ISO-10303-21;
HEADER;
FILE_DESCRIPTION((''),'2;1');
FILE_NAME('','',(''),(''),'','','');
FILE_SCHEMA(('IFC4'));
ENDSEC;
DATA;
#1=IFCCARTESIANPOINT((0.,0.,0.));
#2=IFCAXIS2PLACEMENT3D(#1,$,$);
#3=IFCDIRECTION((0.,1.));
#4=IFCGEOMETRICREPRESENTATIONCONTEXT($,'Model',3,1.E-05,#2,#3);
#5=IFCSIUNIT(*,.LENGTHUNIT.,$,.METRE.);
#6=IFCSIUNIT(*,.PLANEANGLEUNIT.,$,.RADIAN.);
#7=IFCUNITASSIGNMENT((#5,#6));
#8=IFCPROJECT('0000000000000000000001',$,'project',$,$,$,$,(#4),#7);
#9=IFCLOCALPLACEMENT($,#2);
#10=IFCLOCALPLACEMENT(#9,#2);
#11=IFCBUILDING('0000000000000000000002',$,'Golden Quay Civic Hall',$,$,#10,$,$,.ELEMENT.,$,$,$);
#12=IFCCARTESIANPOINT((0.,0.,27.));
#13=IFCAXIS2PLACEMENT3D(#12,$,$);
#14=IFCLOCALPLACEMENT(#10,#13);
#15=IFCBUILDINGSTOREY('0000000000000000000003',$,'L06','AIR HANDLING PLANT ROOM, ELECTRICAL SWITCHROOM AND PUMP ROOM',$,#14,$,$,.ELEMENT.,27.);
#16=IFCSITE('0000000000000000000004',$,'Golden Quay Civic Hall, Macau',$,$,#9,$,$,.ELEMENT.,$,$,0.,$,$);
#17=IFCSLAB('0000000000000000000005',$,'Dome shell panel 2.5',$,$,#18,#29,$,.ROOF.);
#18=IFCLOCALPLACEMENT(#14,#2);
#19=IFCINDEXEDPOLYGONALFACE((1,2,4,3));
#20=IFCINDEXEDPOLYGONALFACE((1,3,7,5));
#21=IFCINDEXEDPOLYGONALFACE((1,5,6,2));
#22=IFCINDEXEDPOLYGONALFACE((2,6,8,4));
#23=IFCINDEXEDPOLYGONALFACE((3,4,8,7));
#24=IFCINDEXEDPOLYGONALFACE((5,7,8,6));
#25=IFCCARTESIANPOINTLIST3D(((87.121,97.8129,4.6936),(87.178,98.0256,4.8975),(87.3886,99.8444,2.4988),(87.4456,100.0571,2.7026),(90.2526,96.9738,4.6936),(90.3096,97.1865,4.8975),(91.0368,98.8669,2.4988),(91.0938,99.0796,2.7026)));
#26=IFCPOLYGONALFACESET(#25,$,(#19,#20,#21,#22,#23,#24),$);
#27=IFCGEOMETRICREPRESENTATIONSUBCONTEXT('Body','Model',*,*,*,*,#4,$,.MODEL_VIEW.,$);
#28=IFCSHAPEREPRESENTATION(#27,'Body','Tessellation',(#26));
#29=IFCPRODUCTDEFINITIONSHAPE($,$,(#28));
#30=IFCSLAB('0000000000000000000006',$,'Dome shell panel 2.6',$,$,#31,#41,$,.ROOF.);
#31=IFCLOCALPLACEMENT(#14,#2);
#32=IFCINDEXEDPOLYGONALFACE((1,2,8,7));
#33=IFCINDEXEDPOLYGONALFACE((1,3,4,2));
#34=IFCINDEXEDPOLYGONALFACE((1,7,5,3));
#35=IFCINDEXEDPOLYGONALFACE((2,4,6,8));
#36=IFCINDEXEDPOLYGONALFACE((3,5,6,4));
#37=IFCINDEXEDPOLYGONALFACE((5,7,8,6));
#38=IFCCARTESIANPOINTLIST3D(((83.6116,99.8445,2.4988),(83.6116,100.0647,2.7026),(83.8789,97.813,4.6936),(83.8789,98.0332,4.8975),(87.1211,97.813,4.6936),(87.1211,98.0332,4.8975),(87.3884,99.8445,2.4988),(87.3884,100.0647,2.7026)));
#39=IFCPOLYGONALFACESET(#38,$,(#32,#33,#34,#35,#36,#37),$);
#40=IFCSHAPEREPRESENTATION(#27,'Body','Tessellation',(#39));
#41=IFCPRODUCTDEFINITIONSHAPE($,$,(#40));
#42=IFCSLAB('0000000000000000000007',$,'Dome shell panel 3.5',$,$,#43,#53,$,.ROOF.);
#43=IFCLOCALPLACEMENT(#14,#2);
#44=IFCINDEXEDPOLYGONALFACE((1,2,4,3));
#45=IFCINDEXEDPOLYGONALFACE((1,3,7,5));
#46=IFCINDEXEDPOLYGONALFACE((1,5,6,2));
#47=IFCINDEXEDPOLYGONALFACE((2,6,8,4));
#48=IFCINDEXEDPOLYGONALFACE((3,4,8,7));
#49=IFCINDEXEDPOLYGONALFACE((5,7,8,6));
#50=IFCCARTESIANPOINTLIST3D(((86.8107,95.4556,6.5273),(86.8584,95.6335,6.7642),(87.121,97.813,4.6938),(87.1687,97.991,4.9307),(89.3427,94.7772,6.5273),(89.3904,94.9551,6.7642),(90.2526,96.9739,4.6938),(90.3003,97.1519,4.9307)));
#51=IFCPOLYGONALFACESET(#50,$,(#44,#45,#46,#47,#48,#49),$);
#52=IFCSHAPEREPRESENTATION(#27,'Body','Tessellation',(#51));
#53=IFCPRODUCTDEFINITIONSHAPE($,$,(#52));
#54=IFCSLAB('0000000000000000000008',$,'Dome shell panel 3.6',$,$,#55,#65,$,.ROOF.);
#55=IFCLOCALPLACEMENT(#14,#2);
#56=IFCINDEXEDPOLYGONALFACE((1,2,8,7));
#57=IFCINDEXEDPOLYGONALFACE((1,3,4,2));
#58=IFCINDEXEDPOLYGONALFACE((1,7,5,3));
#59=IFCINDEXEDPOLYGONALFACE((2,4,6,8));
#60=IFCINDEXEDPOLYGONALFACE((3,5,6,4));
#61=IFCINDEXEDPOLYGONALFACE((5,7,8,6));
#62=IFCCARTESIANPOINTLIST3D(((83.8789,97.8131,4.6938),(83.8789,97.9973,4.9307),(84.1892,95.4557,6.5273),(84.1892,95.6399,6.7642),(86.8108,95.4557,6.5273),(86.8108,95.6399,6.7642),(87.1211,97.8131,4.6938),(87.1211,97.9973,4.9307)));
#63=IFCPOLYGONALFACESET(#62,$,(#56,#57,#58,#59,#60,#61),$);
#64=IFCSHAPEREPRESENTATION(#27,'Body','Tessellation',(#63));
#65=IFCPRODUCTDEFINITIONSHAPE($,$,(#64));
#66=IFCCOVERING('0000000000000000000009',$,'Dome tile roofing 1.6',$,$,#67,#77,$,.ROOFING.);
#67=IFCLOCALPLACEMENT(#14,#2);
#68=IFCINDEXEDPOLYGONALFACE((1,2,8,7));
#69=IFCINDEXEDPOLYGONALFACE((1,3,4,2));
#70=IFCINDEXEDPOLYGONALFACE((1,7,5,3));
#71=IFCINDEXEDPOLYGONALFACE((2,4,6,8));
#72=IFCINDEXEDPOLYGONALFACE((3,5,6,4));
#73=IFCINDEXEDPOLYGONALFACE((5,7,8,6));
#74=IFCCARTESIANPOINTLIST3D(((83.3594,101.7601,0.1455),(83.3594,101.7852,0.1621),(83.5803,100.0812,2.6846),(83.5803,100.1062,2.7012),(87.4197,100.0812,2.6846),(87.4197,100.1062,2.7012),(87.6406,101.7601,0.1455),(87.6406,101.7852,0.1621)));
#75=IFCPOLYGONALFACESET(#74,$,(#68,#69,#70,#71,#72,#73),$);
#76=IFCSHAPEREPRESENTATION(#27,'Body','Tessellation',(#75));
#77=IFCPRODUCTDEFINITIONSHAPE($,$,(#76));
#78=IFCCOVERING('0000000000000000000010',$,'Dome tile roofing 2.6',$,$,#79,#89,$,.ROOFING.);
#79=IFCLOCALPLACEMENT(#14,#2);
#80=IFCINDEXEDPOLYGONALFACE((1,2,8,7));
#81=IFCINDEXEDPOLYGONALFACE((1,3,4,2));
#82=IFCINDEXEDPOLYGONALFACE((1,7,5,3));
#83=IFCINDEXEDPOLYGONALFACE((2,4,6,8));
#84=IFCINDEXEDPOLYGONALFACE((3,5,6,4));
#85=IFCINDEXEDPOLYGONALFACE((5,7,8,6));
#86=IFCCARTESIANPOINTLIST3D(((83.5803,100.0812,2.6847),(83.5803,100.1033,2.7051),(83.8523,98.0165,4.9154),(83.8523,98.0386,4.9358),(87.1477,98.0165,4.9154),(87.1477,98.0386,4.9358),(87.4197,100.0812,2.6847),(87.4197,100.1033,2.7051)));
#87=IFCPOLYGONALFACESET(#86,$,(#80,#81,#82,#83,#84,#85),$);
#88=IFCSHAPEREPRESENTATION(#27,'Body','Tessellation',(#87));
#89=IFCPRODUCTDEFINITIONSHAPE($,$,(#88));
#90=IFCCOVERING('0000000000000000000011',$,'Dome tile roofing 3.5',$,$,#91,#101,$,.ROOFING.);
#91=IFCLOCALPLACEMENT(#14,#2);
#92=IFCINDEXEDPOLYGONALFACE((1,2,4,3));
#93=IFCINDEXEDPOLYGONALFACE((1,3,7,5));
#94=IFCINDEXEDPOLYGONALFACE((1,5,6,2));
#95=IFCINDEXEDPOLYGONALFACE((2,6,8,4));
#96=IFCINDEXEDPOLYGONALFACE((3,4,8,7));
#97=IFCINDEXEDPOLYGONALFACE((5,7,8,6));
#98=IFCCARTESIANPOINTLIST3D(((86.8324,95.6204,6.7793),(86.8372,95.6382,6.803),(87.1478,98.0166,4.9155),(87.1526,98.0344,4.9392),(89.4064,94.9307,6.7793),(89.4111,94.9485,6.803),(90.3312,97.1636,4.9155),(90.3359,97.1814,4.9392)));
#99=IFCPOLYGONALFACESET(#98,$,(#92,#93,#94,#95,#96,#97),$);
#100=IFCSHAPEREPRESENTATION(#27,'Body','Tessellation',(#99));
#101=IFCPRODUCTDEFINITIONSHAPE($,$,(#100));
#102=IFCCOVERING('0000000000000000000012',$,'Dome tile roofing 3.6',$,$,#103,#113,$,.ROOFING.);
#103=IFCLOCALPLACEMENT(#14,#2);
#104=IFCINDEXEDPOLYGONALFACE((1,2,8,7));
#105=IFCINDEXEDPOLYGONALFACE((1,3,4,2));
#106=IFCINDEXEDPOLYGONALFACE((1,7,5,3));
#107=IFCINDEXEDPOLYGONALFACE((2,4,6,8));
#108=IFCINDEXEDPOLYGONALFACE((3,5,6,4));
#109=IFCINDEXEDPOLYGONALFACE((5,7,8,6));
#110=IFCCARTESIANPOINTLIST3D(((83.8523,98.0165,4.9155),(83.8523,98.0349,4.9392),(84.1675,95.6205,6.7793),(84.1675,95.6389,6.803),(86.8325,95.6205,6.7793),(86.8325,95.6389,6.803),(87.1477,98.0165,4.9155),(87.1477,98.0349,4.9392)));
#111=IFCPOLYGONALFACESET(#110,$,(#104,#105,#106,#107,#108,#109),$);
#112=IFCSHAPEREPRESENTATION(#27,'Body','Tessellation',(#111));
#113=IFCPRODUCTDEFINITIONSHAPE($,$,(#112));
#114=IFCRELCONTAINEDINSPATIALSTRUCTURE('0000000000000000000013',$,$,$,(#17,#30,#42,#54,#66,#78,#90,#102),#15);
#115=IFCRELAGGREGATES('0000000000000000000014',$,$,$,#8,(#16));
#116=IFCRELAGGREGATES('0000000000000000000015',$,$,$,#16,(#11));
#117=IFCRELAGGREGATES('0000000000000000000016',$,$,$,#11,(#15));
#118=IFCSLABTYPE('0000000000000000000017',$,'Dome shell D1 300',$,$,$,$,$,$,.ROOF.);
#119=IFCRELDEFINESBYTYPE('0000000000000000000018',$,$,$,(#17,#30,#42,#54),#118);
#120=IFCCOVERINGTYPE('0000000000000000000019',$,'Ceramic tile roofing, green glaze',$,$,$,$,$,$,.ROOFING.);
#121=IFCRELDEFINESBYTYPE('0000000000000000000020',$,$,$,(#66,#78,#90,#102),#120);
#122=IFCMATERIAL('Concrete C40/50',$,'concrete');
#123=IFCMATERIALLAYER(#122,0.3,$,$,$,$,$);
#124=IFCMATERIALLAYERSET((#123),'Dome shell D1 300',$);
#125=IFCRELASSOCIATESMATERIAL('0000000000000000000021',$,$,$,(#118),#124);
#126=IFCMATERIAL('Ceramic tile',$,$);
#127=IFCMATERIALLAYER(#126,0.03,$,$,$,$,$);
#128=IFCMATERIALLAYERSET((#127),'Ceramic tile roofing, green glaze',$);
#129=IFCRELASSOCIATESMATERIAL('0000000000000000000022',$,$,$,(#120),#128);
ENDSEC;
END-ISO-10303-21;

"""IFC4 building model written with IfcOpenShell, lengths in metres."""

from ifc_helpers import new_model, si_unit, direction, frame, origin, place, context, subcontext, project, spatial, polyline, outline, extrude, material, layer, layer_set, type_object, element, save


model = new_model("IFC4")

# Units and contexts
model_context = context("Model", 3, precision=1e-05, world=origin(), true_north=direction((0.0, 1.0)))
body_context = subcontext(model_context, "Body", "Model", "MODEL_VIEW")
ifc_project = project(units=[si_unit("LENGTHUNIT", "METRE"), si_unit("PLANEANGLEUNIT", "RADIAN")], contexts=[model_context])

# Site, building, storey
site_placement = place(None, origin())
site = spatial("IfcSite", under=ifc_project, at=site_placement, Name="Golden Quay Civic Hall, Macau", CompositionType="ELEMENT", RefElevation=0.0)
building_placement = place(site_placement, origin())
building = spatial("IfcBuilding", under=site, at=building_placement, Name="Golden Quay Civic Hall", CompositionType="ELEMENT")
storey_placement = place(building_placement, frame((0.0, 0.0, 27.0)))
storey = spatial("IfcBuildingStorey", under=building, at=storey_placement, Name="L06", Description="AIR HANDLING PLANT ROOM, ELECTRICAL SWITCHROOM AND PUMP ROOM", CompositionType="ELEMENT", Elevation=27.0)

# Slabs
ifc_material_1 = material(Name="Concrete C40/50", Category="concrete")
ifc_layer_1 = layer(ifc_material_1, 0.3)
ifc_layer_set_1 = layer_set([ifc_layer_1], Name="Dome shell D1 300")
slab_type = type_object("IfcSlabType", Name="Dome shell D1 300", PredefinedType="ROOF", material=ifc_layer_set_1)
slab_1_placement = place(storey_placement, frame((91.0938, 99.0796, 2.7026), z_axis=(0.189944, 0.708874, 0.679278), x_axis=(-0.965925, 0.258821, 0.0)))
element("IfcSlab", 1, at=slab_1_placement, inside=storey, type_object=slab_type, Name="Dome shell panel 2.5", PredefinedType="ROOF", context=body_context, shape_type="SweptSolid", body=[
    extrude(outline(polyline([(0.0, 0.0), (3.7769, 0.0), (3.5096, 2.9907), (0.2675, 2.9907), (0.0, 0.0)])), origin(), (0.0, 0.0, -1.0), 0.3),
])
slab_2_placement = place(storey_placement, frame((87.3884, 100.0647, 2.7026), z_axis=(0.0, 0.733886, 0.679273), x_axis=(-1.0, 0.0, 0.0)))
element("IfcSlab", 2, at=slab_2_placement, inside=storey, type_object=slab_type, Name="Dome shell panel 2.6", PredefinedType="ROOF", context=body_context, shape_type="SweptSolid", body=[
    extrude(outline(polyline([(0.0, 0.0), (3.7769, 0.0), (3.5095, 2.9907), (0.2673, 2.9907), (0.0, 0.0)])), origin(), (0.0, 0.0, -1.0), 0.3),
])
slab_3_placement = place(storey_placement, frame((90.3003, 97.1519, 4.9307), z_axis=(0.1589, 0.59301, 0.78936), x_axis=(-0.965925, 0.258821, 0.000002)))
element("IfcSlab", 3, at=slab_3_placement, inside=storey, type_object=slab_type, Name="Dome shell panel 3.5", PredefinedType="ROOF", context=body_context, shape_type="SweptSolid", body=[
    extrude(outline(polyline([(0.0, 0.0), (3.2421, 0.0), (2.9316, 2.9865), (0.3103, 2.9865), (0.0, 0.0)])), origin(), (0.0, 0.0, -1.0), 0.3),
])
slab_4_placement = place(storey_placement, frame((87.1211, 97.9973, 4.9307), z_axis=(0.0, 0.613929, 0.789361), x_axis=(-1.0, 0.0, 0.0)))
element("IfcSlab", 4, at=slab_4_placement, inside=storey, type_object=slab_type, Name="Dome shell panel 3.6", PredefinedType="ROOF", context=body_context, shape_type="SweptSolid", body=[
    extrude(outline(polyline([(0.0, 0.0), (3.2422, 0.0), (2.9319, 2.9865), (0.3103, 2.9865), (0.0, 0.0)])), origin(), (0.0, 0.0, -1.0), 0.3),
])

# Coverings
ifc_material_2 = material(Name="Ceramic tile")
ifc_layer_2 = layer(ifc_material_2, 0.03)
ifc_layer_set_2 = layer_set([ifc_layer_2], Name="Ceramic tile roofing, green glaze")
covering_type = type_object("IfcCoveringType", Name="Ceramic tile roofing, green glaze", PredefinedType="ROOFING", material=ifc_layer_set_2)
covering_1_placement = place(storey_placement, frame((87.6406, 101.7852, 0.1621), z_axis=(0.0, 0.83413, 0.551568), x_axis=(-1.0, 0.0, 0.0)))
element("IfcCovering", 5, at=covering_1_placement, inside=storey, type_object=covering_type, Name="Dome tile roofing 1.6", PredefinedType="ROOFING", context=body_context, shape_type="SweptSolid", body=[
    extrude(outline(polyline([(0.0, 0.0), (4.2812, 0.0), (4.0603, 3.044), (0.2209, 3.044), (0.0, 0.0)])), origin(), (0.0, 0.0, -1.0), 0.03),
])
covering_2_placement = place(storey_placement, frame((87.4197, 100.1033, 2.7051), z_axis=(0.0, 0.733888, 0.67927), x_axis=(-1.0, 0.0, 0.0)))
element("IfcCovering", 6, at=covering_2_placement, inside=storey, type_object=covering_type, Name="Dome tile roofing 2.6", PredefinedType="ROOFING", context=body_context, shape_type="SweptSolid", body=[
    extrude(outline(polyline([(0.0, 0.0), (3.8394, 0.0), (3.5674, 3.0396), (0.272, 3.0396), (0.0, 0.0)])), origin(), (0.0, 0.0, -1.0), 0.03),
])
covering_3_placement = place(storey_placement, frame((90.3359, 97.1814, 4.9392), z_axis=(0.158908, 0.59303, 0.789344), x_axis=(-0.965923, 0.258831, -0.000003)))
element("IfcCovering", 7, at=covering_3_placement, inside=storey, type_object=covering_type, Name="Dome tile roofing 3.5", PredefinedType="ROOFING", context=body_context, shape_type="SweptSolid", body=[
    extrude(outline(polyline([(0.0, 0.0), (3.2957, 0.0), (2.9801, 3.0357), (0.3153, 3.0357), (0.0, 0.0)])), origin(), (0.0, 0.0, -1.0), 0.03),
])
covering_4_placement = place(storey_placement, frame((87.1477, 98.0349, 4.9392), z_axis=(0.0, 0.613985, 0.789318), x_axis=(-1.0, 0.0, 0.0)))
element("IfcCovering", 8, at=covering_4_placement, inside=storey, type_object=covering_type, Name="Dome tile roofing 3.6", PredefinedType="ROOFING", context=body_context, shape_type="SweptSolid", body=[
    extrude(outline(polyline([(0.0, 0.0), (3.2954, 0.0), (2.9802, 3.0355), (0.3152, 3.0355), (0.0, 0.0)])), origin(), (0.0, 0.0, -1.0), 0.03),
])

save(model, "model.ifc")
